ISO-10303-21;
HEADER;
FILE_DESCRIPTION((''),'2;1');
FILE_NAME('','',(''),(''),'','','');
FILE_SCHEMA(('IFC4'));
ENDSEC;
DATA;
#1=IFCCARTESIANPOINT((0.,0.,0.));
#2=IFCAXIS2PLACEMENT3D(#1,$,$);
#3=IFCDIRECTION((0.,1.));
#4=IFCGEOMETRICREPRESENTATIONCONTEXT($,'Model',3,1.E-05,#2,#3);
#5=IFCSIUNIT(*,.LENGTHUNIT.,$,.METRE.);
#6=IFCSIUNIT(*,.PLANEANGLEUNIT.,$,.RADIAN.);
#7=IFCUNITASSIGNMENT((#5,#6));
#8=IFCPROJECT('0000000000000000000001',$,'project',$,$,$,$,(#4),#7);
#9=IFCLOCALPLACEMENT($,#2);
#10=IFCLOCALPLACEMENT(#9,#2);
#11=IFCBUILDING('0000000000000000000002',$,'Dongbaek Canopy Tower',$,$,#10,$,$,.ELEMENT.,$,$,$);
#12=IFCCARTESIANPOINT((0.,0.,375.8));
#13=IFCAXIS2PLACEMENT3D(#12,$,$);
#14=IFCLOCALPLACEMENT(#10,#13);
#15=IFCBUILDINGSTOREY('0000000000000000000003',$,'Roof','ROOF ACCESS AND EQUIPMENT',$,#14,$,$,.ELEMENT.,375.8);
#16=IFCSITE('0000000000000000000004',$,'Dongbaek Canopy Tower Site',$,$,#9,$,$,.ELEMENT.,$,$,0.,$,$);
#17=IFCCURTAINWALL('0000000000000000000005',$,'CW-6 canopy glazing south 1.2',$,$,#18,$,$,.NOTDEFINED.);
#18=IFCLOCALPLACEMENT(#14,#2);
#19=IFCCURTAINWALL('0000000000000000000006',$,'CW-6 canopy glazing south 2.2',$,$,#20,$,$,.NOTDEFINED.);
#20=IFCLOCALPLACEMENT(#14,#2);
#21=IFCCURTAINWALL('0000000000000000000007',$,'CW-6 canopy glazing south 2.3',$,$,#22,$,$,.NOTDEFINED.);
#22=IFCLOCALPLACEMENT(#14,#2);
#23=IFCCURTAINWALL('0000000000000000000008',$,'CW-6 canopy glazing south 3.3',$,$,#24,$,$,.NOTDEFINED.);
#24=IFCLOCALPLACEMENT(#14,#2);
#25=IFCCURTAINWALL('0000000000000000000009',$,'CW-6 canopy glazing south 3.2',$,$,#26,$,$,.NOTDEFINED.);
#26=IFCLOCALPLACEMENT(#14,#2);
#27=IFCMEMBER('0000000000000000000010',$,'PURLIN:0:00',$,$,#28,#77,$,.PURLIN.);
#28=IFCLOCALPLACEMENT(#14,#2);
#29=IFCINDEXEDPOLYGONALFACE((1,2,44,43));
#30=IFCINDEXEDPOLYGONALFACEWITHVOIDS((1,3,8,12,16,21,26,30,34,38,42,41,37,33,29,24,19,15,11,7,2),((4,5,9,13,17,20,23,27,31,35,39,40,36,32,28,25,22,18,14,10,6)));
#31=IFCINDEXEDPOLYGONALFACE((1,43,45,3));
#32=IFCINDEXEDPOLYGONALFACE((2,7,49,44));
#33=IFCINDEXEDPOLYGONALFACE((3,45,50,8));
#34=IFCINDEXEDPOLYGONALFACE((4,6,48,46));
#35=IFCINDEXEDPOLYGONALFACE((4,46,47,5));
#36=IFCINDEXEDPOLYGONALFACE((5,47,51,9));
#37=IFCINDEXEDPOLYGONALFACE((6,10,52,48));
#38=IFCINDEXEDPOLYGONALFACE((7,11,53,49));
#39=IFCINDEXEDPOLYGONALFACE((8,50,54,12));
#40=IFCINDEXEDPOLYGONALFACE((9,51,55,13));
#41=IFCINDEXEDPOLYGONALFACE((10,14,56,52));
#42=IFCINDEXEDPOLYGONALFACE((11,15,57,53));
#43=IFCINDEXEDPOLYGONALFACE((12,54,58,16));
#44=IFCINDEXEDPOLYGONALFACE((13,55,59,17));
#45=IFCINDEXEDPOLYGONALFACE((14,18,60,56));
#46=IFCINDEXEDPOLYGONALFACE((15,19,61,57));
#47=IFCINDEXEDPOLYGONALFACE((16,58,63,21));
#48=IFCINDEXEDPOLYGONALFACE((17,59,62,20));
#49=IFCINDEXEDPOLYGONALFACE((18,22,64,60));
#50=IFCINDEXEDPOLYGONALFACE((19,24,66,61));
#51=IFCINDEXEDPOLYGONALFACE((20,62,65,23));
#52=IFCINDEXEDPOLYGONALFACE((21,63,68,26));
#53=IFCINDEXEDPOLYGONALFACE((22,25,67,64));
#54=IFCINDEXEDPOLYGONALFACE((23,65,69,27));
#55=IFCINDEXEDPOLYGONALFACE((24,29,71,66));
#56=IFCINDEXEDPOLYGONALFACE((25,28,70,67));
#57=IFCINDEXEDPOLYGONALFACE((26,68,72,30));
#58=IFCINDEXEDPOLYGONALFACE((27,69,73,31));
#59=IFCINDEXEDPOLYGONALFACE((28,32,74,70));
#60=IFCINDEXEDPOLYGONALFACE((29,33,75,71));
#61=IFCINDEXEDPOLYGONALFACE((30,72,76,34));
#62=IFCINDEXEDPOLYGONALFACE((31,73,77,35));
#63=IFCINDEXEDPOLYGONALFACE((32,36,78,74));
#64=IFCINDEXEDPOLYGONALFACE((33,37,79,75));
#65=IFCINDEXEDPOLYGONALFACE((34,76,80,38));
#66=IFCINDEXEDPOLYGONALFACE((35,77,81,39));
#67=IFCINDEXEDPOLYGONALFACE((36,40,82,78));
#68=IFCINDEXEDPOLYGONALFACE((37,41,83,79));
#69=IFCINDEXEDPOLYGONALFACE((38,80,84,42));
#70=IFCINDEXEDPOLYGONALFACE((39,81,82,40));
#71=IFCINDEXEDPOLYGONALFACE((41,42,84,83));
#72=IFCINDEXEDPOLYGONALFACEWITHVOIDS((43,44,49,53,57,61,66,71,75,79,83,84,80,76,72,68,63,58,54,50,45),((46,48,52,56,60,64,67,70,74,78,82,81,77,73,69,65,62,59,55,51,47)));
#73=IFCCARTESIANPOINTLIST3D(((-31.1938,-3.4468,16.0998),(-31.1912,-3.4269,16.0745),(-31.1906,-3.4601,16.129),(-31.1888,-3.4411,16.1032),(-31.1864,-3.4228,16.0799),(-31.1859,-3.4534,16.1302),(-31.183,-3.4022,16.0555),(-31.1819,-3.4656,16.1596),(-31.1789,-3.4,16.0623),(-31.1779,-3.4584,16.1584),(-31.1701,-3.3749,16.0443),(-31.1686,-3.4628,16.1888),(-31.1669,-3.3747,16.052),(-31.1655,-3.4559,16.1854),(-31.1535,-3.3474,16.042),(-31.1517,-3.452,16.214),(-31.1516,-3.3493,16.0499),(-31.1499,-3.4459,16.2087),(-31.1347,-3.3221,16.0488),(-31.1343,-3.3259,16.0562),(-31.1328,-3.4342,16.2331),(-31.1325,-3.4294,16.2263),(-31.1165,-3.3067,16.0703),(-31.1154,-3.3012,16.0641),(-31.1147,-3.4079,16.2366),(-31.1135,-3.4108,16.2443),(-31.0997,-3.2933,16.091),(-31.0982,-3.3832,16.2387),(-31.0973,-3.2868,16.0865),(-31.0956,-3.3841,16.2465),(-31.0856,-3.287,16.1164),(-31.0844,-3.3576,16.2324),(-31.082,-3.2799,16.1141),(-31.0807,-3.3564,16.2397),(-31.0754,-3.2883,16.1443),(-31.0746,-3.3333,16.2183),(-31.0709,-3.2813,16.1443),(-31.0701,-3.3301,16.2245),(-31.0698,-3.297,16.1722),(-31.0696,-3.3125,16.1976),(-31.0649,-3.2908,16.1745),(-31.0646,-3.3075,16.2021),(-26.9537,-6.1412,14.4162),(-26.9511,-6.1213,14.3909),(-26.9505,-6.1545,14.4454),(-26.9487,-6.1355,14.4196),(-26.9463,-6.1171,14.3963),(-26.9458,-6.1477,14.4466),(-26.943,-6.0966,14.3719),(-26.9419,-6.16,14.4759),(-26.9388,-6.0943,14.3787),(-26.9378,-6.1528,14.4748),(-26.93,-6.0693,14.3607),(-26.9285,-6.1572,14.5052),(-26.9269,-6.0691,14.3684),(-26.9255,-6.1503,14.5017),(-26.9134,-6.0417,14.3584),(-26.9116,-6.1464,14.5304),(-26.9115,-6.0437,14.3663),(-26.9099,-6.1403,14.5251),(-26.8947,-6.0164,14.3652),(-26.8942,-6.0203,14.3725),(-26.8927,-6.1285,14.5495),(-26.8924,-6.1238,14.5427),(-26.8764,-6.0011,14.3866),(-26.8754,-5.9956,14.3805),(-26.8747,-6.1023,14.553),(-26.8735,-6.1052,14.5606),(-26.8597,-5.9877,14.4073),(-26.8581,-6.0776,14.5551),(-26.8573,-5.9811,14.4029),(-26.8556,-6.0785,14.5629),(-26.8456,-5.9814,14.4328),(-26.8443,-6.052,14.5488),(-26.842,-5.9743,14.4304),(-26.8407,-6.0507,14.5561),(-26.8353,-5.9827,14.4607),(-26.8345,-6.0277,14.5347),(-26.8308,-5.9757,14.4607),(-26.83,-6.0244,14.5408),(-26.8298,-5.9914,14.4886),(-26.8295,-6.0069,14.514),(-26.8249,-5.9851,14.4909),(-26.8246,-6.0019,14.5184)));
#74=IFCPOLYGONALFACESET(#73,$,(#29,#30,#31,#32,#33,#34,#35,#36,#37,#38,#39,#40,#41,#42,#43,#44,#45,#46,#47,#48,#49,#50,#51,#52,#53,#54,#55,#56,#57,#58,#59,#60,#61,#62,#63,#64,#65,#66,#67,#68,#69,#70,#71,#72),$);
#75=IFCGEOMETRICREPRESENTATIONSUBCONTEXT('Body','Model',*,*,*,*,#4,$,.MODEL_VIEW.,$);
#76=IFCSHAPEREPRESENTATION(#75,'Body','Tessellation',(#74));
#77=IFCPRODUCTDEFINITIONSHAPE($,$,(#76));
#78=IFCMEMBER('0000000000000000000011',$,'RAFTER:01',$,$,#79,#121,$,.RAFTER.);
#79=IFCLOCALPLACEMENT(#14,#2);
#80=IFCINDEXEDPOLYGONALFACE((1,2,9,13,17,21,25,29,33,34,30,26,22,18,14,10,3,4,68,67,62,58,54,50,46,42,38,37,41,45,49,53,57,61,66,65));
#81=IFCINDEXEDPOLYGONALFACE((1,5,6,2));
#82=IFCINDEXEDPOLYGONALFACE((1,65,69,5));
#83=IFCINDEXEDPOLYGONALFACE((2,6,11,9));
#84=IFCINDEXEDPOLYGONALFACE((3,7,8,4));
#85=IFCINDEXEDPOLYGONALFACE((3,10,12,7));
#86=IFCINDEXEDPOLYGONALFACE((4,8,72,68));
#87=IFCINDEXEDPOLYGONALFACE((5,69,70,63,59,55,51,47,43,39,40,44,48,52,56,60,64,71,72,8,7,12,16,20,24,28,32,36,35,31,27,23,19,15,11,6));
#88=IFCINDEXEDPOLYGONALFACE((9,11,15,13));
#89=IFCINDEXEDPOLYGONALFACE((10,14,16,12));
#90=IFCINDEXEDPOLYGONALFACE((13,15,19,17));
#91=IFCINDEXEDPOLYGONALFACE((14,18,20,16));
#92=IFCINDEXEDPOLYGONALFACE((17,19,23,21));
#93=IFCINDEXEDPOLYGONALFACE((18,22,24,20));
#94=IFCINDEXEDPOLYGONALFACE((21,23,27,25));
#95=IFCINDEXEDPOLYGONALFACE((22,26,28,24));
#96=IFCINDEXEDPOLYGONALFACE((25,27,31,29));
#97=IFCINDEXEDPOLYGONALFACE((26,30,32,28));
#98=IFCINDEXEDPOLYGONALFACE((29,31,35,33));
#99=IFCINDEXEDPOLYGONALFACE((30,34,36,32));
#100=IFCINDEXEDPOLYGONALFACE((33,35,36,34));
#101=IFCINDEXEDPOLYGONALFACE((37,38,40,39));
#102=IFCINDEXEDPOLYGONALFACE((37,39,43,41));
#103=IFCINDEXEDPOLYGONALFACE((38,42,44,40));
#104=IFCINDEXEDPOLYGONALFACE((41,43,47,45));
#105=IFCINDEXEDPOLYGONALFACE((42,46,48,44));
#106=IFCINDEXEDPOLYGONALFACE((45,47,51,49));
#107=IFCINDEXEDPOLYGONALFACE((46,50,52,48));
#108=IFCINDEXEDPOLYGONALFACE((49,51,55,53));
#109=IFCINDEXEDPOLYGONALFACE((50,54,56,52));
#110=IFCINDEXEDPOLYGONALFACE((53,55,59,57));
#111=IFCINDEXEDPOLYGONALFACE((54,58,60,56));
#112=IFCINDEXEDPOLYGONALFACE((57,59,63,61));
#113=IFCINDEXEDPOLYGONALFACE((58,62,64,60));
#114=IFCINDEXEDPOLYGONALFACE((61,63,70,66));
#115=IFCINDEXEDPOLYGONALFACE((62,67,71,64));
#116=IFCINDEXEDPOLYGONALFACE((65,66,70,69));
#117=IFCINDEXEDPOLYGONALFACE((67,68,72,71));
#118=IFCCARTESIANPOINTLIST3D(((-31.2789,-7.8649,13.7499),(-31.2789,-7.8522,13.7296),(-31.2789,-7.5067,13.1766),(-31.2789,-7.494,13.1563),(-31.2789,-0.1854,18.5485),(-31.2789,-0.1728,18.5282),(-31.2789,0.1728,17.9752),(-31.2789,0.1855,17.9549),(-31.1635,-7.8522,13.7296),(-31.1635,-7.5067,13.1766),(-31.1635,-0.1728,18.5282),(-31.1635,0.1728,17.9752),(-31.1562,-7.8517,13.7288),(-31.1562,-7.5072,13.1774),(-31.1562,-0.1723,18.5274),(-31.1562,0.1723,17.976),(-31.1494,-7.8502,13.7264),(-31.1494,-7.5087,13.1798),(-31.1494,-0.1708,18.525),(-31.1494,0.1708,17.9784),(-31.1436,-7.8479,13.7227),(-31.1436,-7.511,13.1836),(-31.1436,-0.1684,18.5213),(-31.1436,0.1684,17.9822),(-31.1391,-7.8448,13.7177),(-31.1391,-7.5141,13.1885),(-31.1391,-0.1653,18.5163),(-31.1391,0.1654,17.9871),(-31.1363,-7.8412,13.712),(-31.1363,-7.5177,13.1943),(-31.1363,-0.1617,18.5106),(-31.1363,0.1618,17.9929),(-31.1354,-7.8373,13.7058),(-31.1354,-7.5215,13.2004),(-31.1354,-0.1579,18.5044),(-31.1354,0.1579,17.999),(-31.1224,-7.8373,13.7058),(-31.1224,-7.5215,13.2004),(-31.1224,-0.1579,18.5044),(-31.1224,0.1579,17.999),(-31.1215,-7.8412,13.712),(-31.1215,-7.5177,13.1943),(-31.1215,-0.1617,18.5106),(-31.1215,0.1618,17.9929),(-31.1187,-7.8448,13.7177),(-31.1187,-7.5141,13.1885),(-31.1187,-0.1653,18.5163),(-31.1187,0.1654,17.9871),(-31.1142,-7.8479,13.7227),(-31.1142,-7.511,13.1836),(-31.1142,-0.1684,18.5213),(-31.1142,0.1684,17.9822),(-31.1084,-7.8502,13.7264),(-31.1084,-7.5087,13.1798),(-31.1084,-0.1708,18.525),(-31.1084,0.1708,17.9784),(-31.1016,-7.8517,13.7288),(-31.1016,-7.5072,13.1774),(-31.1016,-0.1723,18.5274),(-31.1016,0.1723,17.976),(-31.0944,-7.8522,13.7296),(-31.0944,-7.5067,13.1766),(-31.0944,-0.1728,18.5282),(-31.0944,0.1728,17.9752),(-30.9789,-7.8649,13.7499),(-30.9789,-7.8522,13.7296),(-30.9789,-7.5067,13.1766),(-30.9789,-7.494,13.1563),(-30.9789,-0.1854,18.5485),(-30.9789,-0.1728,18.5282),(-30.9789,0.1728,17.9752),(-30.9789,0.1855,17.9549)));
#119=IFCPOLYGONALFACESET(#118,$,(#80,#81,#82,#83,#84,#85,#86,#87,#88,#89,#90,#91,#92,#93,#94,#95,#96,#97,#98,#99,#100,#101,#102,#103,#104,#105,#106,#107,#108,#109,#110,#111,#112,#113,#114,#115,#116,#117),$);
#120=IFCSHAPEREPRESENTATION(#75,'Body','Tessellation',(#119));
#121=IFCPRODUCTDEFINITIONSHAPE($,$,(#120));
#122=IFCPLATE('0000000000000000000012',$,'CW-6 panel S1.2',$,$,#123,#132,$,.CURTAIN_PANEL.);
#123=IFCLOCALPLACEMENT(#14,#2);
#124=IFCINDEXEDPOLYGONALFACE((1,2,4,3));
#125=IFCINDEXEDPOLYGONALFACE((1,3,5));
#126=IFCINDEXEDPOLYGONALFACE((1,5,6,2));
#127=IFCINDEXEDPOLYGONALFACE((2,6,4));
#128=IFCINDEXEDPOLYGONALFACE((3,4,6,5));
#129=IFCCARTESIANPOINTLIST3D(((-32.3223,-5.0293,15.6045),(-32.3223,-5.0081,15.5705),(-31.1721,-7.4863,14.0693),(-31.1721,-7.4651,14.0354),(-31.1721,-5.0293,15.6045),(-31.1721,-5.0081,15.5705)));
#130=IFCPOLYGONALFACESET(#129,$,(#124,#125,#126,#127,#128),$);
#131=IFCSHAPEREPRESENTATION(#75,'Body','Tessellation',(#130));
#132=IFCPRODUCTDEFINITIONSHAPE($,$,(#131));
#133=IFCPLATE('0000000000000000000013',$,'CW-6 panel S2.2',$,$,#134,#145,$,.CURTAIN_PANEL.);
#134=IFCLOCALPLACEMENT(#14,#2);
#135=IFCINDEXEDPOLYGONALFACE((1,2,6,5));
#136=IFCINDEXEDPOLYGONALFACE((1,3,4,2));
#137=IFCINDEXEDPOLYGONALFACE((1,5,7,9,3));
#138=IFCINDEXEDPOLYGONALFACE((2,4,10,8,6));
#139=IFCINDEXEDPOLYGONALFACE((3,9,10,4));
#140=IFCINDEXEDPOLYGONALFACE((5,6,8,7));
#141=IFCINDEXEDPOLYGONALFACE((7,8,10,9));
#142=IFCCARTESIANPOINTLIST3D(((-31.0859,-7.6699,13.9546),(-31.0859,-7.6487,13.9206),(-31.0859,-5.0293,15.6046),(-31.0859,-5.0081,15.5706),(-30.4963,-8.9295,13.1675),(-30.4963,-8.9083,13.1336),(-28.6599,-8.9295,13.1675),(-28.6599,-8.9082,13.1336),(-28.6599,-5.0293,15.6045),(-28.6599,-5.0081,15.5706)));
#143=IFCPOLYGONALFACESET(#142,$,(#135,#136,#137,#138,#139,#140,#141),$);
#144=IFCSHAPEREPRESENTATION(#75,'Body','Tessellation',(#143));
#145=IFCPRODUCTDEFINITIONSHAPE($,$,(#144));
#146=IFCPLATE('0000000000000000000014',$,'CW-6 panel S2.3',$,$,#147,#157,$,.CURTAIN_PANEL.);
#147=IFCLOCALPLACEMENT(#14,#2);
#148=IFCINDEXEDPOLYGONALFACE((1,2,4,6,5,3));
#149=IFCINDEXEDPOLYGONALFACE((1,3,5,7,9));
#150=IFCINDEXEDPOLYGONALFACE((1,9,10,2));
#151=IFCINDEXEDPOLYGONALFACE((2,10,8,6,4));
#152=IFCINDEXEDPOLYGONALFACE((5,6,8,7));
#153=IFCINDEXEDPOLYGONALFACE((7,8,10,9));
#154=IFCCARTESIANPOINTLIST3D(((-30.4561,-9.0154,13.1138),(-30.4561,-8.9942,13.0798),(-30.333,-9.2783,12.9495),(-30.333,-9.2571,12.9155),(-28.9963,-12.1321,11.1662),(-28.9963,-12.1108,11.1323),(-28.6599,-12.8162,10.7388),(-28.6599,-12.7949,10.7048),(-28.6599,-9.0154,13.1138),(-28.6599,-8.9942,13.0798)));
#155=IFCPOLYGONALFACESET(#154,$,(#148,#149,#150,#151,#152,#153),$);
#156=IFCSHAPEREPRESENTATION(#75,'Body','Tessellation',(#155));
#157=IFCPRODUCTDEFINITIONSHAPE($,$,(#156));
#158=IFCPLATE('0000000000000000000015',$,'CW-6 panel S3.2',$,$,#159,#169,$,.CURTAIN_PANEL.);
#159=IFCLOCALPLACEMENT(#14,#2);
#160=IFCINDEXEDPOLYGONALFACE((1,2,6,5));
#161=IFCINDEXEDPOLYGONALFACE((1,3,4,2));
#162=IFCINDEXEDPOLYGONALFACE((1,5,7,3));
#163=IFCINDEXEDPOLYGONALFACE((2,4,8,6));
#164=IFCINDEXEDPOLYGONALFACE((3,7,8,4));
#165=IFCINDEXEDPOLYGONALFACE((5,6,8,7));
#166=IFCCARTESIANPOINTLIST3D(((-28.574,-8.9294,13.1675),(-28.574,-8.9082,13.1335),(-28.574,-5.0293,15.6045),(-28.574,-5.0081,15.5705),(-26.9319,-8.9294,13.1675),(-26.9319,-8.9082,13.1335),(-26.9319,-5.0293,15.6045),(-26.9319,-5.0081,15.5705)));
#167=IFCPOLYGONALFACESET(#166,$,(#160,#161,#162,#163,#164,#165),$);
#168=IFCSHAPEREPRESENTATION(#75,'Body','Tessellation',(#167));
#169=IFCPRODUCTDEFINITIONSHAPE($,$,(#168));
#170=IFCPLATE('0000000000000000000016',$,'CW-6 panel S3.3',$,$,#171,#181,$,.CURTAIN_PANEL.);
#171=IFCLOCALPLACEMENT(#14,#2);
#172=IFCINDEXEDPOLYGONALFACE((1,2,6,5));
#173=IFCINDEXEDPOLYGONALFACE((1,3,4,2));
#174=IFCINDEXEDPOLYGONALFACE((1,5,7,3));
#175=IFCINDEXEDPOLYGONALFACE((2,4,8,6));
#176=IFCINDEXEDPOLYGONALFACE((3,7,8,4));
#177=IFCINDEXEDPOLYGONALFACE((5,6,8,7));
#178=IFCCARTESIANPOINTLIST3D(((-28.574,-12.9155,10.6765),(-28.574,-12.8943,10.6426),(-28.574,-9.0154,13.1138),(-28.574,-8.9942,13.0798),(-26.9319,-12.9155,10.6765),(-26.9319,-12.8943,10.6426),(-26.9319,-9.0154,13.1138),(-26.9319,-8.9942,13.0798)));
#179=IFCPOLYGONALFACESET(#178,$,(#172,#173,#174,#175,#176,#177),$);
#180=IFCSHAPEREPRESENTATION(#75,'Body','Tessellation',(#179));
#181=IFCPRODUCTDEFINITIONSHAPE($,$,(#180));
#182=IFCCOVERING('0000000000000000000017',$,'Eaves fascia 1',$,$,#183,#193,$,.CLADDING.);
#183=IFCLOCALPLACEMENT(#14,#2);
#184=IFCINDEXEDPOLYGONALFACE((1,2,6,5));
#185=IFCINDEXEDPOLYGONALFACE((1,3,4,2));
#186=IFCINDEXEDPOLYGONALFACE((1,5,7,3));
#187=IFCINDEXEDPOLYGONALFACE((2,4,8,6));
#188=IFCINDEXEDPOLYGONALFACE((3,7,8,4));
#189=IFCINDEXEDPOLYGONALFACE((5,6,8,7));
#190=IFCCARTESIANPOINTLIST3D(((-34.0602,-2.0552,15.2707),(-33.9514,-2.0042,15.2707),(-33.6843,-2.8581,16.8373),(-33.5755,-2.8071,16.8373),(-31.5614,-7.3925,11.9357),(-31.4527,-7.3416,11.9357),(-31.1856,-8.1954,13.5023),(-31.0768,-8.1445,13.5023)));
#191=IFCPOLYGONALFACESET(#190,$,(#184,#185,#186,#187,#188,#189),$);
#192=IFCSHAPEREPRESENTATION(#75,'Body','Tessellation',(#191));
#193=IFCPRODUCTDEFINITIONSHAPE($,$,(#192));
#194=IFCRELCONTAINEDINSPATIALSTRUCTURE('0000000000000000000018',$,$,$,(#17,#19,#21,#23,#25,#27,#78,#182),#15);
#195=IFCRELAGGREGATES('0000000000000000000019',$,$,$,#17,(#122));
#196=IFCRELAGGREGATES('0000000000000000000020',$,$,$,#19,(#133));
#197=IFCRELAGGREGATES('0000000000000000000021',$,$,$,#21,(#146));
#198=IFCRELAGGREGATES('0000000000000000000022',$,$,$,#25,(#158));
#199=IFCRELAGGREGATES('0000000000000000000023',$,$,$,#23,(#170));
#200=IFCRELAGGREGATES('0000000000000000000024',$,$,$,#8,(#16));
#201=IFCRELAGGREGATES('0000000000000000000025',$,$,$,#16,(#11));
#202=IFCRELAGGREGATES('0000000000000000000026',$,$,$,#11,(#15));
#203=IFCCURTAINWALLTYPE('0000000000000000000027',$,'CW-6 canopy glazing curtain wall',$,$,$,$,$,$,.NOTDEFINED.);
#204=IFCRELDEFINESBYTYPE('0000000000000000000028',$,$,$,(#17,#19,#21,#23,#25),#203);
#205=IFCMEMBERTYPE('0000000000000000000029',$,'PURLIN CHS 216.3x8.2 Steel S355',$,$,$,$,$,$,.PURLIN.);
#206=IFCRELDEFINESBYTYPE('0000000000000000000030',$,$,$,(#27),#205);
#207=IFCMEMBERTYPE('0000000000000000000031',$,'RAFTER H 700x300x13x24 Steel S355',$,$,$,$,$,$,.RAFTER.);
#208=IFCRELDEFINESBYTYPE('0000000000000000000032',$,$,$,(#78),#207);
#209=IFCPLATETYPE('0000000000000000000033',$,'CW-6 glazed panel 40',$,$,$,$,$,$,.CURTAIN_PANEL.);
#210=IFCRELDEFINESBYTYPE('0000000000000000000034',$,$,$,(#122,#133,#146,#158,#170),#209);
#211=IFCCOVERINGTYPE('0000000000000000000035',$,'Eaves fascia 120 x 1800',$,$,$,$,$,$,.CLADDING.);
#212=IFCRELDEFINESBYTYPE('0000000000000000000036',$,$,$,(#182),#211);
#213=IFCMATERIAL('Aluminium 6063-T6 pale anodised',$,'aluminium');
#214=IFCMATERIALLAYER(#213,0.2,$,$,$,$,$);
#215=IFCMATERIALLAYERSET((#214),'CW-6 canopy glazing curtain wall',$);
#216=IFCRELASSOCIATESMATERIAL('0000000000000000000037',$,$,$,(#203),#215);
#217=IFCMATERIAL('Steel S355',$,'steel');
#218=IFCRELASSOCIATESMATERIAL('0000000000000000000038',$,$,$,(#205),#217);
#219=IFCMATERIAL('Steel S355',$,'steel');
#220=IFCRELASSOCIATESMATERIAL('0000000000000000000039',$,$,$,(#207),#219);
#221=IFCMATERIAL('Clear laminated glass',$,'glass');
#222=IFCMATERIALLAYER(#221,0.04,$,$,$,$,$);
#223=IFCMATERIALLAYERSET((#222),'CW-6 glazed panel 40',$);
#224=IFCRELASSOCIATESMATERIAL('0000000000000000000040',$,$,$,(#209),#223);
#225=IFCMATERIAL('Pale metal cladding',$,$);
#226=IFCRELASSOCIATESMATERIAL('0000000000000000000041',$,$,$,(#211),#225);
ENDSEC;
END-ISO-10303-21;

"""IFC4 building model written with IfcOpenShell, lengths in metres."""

from ifc_helpers import new_model, si_unit, direction, frame, origin, origin_2d, place, context, subcontext, project, spatial, polyline, rectangle, hollow_circle, i_section, outline, extrude, material, layer, layer_set, material_profile, profile_set, type_object, element, aggregate, save


model = new_model("IFC4")

# Units and contexts
model_context = context("Model", 3, precision=1e-05, world=origin(), true_north=direction((0.0, 1.0)))
body_context = subcontext(model_context, "Body", "Model", "MODEL_VIEW")
ifc_project = project(units=[si_unit("LENGTHUNIT", "METRE"), si_unit("PLANEANGLEUNIT", "RADIAN")], contexts=[model_context])

# Site, building, storey
site_placement = place(None, origin())
site = spatial("IfcSite", under=ifc_project, at=site_placement, Name="Dongbaek Canopy Tower Site", CompositionType="ELEMENT", RefElevation=0.0)
building_placement = place(site_placement, origin())
building = spatial("IfcBuilding", under=site, at=building_placement, Name="Dongbaek Canopy Tower", CompositionType="ELEMENT")
storey_placement = place(building_placement, frame((0.0, 0.0, 375.8)))
storey = spatial("IfcBuildingStorey", under=building, at=storey_placement, Name="Roof", Description="ROOF ACCESS AND EQUIPMENT", CompositionType="ELEMENT", Elevation=375.8)

# Curtain walls
ifc_material_1 = material(Name="Aluminium 6063-T6 pale anodised", Category="aluminium")
ifc_layer_1 = layer(ifc_material_1, 0.2)
ifc_layer_set_1 = layer_set([ifc_layer_1], Name="CW-6 canopy glazing curtain wall")
curtain_wall_type = type_object("IfcCurtainWallType", Name="CW-6 canopy glazing curtain wall", PredefinedType="NOTDEFINED", material=ifc_layer_set_1)
curtain_wall_1_placement = place(storey_placement, origin())
curtain_wall_1 = element("IfcCurtainWall", 1, at=curtain_wall_1_placement, inside=storey, type_object=curtain_wall_type, Name="CW-6 canopy glazing south 1.2", PredefinedType="NOTDEFINED")
curtain_wall_2_placement = place(storey_placement, origin())
curtain_wall_2 = element("IfcCurtainWall", 2, at=curtain_wall_2_placement, inside=storey, type_object=curtain_wall_type, Name="CW-6 canopy glazing south 2.2", PredefinedType="NOTDEFINED")
curtain_wall_3_placement = place(storey_placement, origin())
curtain_wall_3 = element("IfcCurtainWall", 3, at=curtain_wall_3_placement, inside=storey, type_object=curtain_wall_type, Name="CW-6 canopy glazing south 2.3", PredefinedType="NOTDEFINED")
curtain_wall_4_placement = place(storey_placement, origin())
curtain_wall_4 = element("IfcCurtainWall", 4, at=curtain_wall_4_placement, inside=storey, type_object=curtain_wall_type, Name="CW-6 canopy glazing south 3.3", PredefinedType="NOTDEFINED")

# Curtain wall
curtain_wall_5_placement = place(storey_placement, origin())
curtain_wall_5 = element("IfcCurtainWall", 5, at=curtain_wall_5_placement, inside=storey, type_object=curtain_wall_type, Name="CW-6 canopy glazing south 3.2", PredefinedType="NOTDEFINED")

# Members
ifc_material_2 = material(Name="Steel S355", Category="steel")
ifc_material_profile_1 = material_profile(ifc_material_2, hollow_circle(Radius=0.1082, WallThickness=0.0083, at=origin_2d()), Name="PURLIN CHS 216.3x8.2 Steel S355")
ifc_profile_set_1 = profile_set([ifc_material_profile_1], Name="Steel S355")
member_type_1 = type_object("IfcMemberType", Name="PURLIN CHS 216.3x8.2 Steel S355", PredefinedType="PURLIN", material=ifc_profile_set_1)
member_1_placement = place(storey_placement, frame((-31.1289, -3.3726, 16.1443), z_axis=(0.800262, -0.508533, -0.317764), x_axis=(0.536331, 0.844008, 0.0)))
element("IfcMember", 6, at=member_1_placement, inside=storey, type_object=member_type_1, Name="PURLIN:0:00", PredefinedType="PURLIN", context=body_context, shape_type="SweptSolid", body=[
    extrude(hollow_circle(Radius=0.1082, WallThickness=0.0083, at=origin_2d()), origin(), (0.0, 0.0, 1.0), 5.2983),
])
ifc_material_3 = material(Name="Steel S355", Category="steel")
ifc_material_profile_2 = material_profile(ifc_material_3, i_section(OverallWidth=0.3, OverallDepth=0.7, WebThickness=0.0129, FlangeThickness=0.0239, FilletRadius=0.0281, at=origin_2d()), Name="RAFTER H 700x300x13x24 Steel S355")
ifc_profile_set_2 = profile_set([ifc_material_profile_2], Name="Steel S355")
member_type_2 = type_object("IfcMemberType", Name="RAFTER H 700x300x13x24 Steel S355", PredefinedType="RAFTER", material=ifc_profile_set_2)
member_2_placement = place(storey_placement, frame((-31.1289, -7.6794, 13.4531), z_axis=(0.0, 0.848051, 0.529914), x_axis=(-1.0, 0.0, 0.0)))
element("IfcMember", 7, at=member_2_placement, inside=storey, type_object=member_type_2, Name="RAFTER:01", PredefinedType="RAFTER", context=body_context, shape_type="SweptSolid", body=[
    extrude(i_section(OverallWidth=0.3, OverallDepth=0.7, WebThickness=0.0129, FlangeThickness=0.0239, FilletRadius=0.0281, at=origin_2d()), origin(), (0.0, 0.0, 1.0), 9.0554),
])

# Plates
ifc_material_4 = material(Name="Clear laminated glass", Category="glass")
ifc_layer_2 = layer(ifc_material_4, 0.04)
ifc_layer_set_2 = layer_set([ifc_layer_2], Name="CW-6 glazed panel 40")
plate_type = type_object("IfcPlateType", Name="CW-6 glazed panel 40", PredefinedType="CURTAIN_PANEL", material=ifc_layer_set_2)
plate_1_placement = place(storey_placement, frame((-31.1721, -7.4863, 14.0693), z_axis=(0.0, -0.529878, 0.848074), x_axis=(-0.368975, 0.788233, 0.492489)))
plate_1 = element("IfcPlate", 8, at=plate_1_placement, type_object=plate_type, Name="CW-6 panel S1.2", PredefinedType="CURTAIN_PANEL", context=body_context, shape_type="SweptSolid", body=[
    extrude(outline(polyline([(0.0, 0.0), (3.1171, 0.0), (2.6928, -1.069), (0.0, 0.0)])), origin(), (0.0, 0.0, -1.0), 0.04),
])
aggregate(curtain_wall_1, [plate_1])
plate_2_placement = place(storey_placement, frame((-31.0859, -7.6699, 13.9546), z_axis=(0.000017, -0.529906, 0.848056), x_axis=(0.0, 0.848056, 0.529906)))
plate_2 = element("IfcPlate", 9, at=plate_2_placement, type_object=plate_type, Name="CW-6 panel S2.2", PredefinedType="CURTAIN_PANEL", context=body_context, shape_type="SweptSolid", body=[
    extrude(outline(polyline([(0.0, 0.0), (3.1137, 0.0), (3.1137, -2.426), (-1.4852, -2.426), (-1.4852, -0.5896), (0.0, 0.0)])), origin(), (0.0, 0.0, -1.0), 0.04),
])
aggregate(curtain_wall_2, [plate_2])
plate_3_placement = place(storey_placement, frame((-30.333, -9.2783, 12.9495), z_axis=(0.00001, -0.529917, 0.848049), x_axis=(-0.36887, 0.788244, 0.492551)))
plate_3 = element("IfcPlate", 10, at=plate_3_placement, type_object=plate_type, Name="CW-6 panel S2.3", PredefinedType="CURTAIN_PANEL", context=body_context, shape_type="SweptSolid", body=[
    extrude(outline(polyline([(0.0, 0.0), (0.3336, 0.0), (-0.329, -1.6695), (-4.4947, -0.0163), (-3.6208, -0.0011), (0.0, 0.0)])), origin(), (0.0, 0.0, -1.0), 0.04),
])
aggregate(curtain_wall_3, [plate_3])
plate_4_placement = place(storey_placement, frame((-28.574, -5.0293, 15.6045), z_axis=(0.0, -0.529908, 0.848055), x_axis=(1.0, 0.0, 0.0)))
plate_4 = element("IfcPlate", 11, at=plate_4_placement, type_object=plate_type, Name="CW-6 panel S3.2", PredefinedType="CURTAIN_PANEL", context=body_context, shape_type="SweptSolid", body=[
    extrude(outline(polyline([(0.0, 0.0), (1.6421, 0.0), (1.6421, -4.5989), (0.0, -4.5989), (0.0, 0.0)])), origin(), (0.0, 0.0, -1.0), 0.04),
])
aggregate(curtain_wall_5, [plate_4])
plate_5_placement = place(storey_placement, frame((-28.574, -9.0154, 13.1138), z_axis=(0.0, -0.529946, 0.848031), x_axis=(1.0, 0.0, 0.0)))
plate_5 = element("IfcPlate", 12, at=plate_5_placement, type_object=plate_type, Name="CW-6 panel S3.3", PredefinedType="CURTAIN_PANEL", context=body_context, shape_type="SweptSolid", body=[
    extrude(outline(polyline([(0.0, 0.0), (1.6421, 0.0), (1.6421, -4.5991), (0.0, -4.5991), (0.0, 0.0)])), origin(), (0.0, 0.0, -1.0), 0.04),
])
aggregate(curtain_wall_4, [plate_5])

# Covering
ifc_material_5 = material(Name="Pale metal cladding")
ifc_material_profile_3 = material_profile(ifc_material_5, rectangle(XDim=0.1201, YDim=1.8, at=origin_2d()), Name="Eaves fascia 120 x 1800")
ifc_profile_set_3 = profile_set([ifc_material_profile_3], Name="Pale metal cladding")
covering_type = type_object("IfcCoveringType", Name="Eaves fascia 120 x 1800", PredefinedType="CLADDING", material=ifc_profile_set_3)
covering_1_placement = place(storey_placement, frame((-33.8179, -2.4312, 16.054), z_axis=(0.369012, -0.788211, -0.492497), x_axis=(0.905663, 0.423999, 0.0)))
element("IfcCovering", 13, at=covering_1_placement, inside=storey, type_object=covering_type, Name="Eaves fascia 1", PredefinedType="CLADDING", context=body_context, shape_type="SweptSolid", body=[
    extrude(rectangle(XDim=0.1201, YDim=1.8, at=origin_2d()), origin(), (0.0, 0.0, 1.0), 6.7715),
])

save(model, "model.ifc")
